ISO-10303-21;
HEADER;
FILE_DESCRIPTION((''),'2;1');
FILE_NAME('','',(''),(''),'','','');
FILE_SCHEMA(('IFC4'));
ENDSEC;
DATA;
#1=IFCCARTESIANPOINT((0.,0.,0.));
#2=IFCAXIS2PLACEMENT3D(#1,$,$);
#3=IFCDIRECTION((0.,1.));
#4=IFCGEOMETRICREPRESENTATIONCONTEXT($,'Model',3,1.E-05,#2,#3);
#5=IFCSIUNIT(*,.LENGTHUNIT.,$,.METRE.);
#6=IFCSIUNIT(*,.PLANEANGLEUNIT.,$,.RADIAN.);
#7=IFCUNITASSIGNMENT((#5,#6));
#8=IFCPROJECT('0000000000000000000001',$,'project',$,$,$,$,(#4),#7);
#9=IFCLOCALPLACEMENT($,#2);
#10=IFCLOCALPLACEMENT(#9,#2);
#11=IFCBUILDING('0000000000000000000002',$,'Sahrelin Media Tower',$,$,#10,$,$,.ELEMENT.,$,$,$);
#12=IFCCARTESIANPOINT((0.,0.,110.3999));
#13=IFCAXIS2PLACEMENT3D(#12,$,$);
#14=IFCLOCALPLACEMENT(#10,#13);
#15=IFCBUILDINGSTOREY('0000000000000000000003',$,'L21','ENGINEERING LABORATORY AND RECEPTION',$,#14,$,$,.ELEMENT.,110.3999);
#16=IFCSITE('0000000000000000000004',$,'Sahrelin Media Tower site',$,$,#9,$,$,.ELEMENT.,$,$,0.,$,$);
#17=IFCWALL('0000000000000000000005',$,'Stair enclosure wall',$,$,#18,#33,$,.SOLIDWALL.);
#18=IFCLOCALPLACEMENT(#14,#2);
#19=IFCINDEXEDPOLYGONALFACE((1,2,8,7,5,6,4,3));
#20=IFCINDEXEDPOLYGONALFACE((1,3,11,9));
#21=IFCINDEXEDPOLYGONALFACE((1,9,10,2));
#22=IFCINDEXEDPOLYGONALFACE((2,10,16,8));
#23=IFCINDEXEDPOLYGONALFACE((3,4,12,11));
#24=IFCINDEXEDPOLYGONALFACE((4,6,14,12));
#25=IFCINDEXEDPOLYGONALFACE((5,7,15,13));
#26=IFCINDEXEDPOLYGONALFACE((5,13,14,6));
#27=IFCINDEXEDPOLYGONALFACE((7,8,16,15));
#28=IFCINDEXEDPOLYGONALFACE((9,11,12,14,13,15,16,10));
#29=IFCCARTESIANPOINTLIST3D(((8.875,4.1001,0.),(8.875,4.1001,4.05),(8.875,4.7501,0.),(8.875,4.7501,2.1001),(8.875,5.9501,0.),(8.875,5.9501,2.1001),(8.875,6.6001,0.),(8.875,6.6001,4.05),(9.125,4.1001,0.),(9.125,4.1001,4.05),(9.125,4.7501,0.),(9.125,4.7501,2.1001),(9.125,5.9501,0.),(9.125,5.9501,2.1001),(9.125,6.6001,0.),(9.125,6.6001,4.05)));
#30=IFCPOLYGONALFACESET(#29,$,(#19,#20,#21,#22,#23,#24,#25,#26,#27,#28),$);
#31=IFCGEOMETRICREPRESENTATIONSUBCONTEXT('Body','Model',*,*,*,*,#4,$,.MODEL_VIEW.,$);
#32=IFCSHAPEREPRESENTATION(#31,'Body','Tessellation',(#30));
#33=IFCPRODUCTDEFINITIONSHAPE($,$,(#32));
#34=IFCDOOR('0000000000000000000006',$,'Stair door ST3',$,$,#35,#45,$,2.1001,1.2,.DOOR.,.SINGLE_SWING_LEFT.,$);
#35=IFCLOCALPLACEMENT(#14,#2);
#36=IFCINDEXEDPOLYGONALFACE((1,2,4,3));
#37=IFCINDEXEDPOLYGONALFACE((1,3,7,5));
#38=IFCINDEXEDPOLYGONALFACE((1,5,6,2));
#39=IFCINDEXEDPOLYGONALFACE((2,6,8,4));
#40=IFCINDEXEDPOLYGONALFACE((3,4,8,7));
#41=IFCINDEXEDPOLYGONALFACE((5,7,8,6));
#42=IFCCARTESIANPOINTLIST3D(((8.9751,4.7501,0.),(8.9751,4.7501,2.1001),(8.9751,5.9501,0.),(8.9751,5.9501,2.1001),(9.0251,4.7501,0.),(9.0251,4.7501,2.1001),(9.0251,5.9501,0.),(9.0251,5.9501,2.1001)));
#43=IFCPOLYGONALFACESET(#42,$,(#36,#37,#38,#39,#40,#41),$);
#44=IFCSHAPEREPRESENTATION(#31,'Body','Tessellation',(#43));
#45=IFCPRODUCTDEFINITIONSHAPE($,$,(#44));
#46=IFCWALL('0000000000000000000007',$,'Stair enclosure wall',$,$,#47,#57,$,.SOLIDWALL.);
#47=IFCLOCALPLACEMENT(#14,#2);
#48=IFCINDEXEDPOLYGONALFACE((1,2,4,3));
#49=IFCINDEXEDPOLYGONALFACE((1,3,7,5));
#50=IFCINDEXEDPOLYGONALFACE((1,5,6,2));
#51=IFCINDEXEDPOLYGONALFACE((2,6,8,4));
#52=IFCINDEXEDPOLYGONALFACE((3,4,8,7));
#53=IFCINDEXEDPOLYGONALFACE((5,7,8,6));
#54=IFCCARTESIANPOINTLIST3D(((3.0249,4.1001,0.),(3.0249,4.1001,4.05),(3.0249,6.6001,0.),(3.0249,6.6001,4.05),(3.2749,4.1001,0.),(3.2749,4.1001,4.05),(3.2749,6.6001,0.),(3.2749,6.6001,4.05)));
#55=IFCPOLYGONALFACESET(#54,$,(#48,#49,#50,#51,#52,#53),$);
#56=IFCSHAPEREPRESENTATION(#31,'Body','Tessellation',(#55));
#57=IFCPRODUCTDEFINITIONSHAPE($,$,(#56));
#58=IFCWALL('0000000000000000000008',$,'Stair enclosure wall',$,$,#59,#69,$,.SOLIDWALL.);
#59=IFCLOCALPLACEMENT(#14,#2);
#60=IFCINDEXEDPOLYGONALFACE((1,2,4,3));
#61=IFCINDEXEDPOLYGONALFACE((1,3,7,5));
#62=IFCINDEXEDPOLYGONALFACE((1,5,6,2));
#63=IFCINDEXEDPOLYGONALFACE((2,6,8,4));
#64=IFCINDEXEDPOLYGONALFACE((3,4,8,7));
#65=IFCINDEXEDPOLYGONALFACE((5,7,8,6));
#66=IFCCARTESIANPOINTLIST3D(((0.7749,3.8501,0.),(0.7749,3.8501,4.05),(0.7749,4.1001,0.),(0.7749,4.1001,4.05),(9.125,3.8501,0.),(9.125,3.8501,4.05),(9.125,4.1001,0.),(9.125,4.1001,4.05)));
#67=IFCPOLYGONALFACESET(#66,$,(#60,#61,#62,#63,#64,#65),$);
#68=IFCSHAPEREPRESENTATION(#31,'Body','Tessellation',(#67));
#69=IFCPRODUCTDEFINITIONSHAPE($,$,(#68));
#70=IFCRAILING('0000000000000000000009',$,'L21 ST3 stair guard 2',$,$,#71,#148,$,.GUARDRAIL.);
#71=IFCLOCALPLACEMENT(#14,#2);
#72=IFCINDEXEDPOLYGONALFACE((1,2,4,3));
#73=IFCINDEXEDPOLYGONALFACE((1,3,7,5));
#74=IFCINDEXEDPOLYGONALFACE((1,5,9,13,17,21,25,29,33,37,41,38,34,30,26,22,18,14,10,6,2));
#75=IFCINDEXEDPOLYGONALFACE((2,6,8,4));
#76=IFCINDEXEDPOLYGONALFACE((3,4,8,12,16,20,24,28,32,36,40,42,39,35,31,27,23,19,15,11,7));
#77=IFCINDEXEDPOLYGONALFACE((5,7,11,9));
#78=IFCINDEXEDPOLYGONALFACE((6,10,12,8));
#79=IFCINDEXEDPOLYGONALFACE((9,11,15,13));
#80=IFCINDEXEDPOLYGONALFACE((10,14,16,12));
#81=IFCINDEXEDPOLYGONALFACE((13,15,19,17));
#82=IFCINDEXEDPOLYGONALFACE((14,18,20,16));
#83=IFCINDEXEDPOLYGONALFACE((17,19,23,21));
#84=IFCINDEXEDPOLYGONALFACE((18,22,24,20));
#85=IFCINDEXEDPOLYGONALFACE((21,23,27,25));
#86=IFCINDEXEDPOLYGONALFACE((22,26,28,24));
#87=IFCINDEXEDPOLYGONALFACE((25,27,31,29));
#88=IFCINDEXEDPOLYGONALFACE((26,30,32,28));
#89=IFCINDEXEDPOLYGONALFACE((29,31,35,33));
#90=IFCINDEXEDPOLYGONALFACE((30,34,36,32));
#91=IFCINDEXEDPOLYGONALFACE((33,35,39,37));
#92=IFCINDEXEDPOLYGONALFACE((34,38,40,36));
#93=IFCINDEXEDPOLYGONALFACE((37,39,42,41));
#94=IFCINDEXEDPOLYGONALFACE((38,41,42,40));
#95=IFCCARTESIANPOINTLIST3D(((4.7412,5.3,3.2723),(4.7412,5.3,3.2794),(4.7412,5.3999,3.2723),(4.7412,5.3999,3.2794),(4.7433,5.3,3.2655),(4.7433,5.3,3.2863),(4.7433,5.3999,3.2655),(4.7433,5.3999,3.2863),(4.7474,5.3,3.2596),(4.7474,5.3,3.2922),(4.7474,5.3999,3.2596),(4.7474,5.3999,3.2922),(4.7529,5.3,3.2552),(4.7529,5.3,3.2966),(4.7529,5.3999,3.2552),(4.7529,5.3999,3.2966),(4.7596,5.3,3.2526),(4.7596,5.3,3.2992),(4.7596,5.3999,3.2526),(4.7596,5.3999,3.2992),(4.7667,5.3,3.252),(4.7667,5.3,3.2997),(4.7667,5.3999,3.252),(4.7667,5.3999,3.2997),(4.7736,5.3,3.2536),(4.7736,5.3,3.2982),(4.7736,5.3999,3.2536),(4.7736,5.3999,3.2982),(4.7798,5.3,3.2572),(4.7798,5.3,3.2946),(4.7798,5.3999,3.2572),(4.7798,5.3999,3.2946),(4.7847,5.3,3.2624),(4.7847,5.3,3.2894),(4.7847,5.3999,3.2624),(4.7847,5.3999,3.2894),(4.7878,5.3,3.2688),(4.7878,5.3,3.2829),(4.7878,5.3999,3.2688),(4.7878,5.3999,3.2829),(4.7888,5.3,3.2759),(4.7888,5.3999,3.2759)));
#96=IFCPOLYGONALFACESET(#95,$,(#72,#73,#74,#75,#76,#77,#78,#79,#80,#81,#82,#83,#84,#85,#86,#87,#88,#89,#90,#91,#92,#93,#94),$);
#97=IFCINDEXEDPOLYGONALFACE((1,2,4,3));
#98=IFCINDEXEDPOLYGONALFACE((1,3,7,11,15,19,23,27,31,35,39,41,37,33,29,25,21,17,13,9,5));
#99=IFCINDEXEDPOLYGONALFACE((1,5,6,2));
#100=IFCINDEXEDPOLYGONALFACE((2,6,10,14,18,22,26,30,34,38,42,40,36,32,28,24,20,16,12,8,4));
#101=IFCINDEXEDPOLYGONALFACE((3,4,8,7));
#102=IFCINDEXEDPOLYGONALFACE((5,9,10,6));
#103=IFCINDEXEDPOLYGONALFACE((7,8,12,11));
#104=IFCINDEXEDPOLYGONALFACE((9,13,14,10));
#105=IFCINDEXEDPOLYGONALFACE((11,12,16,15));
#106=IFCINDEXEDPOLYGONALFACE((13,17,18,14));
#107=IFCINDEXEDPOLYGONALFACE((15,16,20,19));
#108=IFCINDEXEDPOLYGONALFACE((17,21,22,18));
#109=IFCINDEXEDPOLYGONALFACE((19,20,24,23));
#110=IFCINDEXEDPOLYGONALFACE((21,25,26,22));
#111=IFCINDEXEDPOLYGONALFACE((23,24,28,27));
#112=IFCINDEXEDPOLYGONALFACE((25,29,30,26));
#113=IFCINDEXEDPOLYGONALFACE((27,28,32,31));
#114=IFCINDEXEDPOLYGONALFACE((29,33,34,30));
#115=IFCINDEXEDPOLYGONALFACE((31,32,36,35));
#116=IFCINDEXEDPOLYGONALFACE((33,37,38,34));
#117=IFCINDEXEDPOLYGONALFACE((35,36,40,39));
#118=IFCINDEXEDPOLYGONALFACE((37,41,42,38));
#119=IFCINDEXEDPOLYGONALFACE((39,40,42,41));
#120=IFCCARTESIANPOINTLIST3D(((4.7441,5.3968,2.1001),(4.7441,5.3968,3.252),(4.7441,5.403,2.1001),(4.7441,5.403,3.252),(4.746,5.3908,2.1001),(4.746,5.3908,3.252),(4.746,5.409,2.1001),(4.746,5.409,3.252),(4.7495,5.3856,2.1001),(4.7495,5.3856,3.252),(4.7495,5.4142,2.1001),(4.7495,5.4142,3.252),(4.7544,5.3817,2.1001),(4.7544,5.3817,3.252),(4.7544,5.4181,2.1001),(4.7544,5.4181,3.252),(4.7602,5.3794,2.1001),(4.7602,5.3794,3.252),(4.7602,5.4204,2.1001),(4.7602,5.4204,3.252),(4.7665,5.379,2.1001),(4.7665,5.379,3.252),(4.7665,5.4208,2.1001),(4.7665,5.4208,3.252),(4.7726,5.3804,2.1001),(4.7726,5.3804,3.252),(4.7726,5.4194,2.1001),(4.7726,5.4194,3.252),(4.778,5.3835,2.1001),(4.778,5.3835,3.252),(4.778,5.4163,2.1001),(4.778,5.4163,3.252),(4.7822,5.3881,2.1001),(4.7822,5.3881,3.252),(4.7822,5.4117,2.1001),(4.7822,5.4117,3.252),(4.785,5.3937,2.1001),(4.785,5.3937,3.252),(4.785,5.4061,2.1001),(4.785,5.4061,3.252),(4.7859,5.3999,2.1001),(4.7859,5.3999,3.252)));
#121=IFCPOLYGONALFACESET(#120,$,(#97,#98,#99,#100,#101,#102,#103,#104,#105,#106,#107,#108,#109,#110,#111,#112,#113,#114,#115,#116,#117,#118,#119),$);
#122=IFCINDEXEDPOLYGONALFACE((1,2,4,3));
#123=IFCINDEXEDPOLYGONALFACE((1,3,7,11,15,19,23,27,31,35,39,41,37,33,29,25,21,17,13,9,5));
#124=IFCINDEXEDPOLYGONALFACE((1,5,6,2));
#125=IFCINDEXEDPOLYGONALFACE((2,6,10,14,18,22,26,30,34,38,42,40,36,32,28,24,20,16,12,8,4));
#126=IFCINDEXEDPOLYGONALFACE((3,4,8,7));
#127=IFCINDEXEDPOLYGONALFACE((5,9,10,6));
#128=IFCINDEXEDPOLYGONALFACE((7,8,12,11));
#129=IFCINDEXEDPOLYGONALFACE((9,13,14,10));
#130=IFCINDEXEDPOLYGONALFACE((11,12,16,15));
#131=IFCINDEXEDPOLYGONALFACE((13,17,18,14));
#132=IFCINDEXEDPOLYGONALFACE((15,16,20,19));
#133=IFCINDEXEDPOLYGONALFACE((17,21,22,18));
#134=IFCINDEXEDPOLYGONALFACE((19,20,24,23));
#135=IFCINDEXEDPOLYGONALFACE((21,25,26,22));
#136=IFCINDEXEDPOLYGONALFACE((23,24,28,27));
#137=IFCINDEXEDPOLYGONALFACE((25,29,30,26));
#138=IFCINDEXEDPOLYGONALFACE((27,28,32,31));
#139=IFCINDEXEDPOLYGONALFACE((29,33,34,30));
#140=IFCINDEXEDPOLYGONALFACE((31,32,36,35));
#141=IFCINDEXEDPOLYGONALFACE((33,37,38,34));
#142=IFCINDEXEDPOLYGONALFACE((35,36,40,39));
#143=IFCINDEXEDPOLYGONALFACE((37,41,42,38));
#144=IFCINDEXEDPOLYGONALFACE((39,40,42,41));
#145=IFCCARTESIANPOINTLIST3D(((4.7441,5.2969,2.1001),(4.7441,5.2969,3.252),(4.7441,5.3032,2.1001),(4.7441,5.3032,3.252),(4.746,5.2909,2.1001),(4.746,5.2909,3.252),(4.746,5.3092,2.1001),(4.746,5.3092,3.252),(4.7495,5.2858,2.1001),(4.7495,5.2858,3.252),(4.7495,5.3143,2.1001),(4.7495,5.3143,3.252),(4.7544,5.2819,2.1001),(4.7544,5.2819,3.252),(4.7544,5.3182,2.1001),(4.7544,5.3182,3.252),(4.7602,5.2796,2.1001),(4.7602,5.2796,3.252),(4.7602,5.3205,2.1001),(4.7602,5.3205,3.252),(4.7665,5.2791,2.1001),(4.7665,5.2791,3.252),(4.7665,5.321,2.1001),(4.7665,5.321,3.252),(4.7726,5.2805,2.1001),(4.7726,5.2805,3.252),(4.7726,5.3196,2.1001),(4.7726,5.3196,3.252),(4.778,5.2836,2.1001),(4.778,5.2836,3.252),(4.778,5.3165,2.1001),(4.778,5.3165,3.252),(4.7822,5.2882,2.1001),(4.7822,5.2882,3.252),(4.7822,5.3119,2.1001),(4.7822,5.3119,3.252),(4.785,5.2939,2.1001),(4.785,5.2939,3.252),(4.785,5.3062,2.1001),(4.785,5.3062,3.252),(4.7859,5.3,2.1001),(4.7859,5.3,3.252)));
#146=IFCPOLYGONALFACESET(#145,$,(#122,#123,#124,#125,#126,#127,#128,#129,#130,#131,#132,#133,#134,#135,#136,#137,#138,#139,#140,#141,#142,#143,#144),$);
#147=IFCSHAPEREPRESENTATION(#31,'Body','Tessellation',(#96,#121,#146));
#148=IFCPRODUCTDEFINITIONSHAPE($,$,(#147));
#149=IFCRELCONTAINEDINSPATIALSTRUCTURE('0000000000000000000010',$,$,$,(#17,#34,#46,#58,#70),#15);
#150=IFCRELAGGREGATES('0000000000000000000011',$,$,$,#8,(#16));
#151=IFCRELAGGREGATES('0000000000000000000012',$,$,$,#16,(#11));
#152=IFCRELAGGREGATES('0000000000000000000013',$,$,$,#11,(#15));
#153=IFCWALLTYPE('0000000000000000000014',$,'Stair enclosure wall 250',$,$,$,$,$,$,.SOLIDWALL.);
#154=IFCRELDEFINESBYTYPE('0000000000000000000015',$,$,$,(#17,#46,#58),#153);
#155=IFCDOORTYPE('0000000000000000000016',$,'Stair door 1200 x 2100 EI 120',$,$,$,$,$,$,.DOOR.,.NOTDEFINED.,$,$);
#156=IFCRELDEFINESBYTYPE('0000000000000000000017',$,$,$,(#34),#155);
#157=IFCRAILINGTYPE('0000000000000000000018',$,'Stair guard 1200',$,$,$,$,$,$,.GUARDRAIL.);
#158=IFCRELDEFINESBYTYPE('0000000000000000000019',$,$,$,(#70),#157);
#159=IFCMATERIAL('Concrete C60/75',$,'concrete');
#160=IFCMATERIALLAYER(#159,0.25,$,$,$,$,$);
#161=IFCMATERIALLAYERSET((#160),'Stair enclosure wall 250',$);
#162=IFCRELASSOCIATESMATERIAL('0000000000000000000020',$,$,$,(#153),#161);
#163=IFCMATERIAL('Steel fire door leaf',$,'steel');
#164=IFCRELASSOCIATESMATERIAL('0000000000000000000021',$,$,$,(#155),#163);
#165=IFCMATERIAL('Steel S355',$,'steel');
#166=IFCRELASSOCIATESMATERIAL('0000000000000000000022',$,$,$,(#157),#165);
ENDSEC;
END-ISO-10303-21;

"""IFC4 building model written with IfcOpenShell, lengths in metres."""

from ifc_helpers import new_model, si_unit, direction, frame, frame_2d, origin, origin_2d, place, context, subcontext, project, spatial, rectangle, circle, extrude, material, layer, layer_set, type_object, element, fill, save


model = new_model("IFC4")

# Units and contexts
model_context = context("Model", 3, precision=1e-05, world=origin(), true_north=direction((0.0, 1.0)))
body_context = subcontext(model_context, "Body", "Model", "MODEL_VIEW")
ifc_project = project(units=[si_unit("LENGTHUNIT", "METRE"), si_unit("PLANEANGLEUNIT", "RADIAN")], contexts=[model_context])

# Site, building, storey
site_placement = place(None, origin())
site = spatial("IfcSite", under=ifc_project, at=site_placement, Name="Sahrelin Media Tower site", CompositionType="ELEMENT", RefElevation=0.0)
building_placement = place(site_placement, origin())
building = spatial("IfcBuilding", under=site, at=building_placement, Name="Sahrelin Media Tower", CompositionType="ELEMENT")
storey_placement = place(building_placement, frame((0.0, 0.0, 110.3999)))
storey = spatial("IfcBuildingStorey", under=building, at=storey_placement, Name="L21", Description="ENGINEERING LABORATORY AND RECEPTION", CompositionType="ELEMENT", Elevation=110.3999)

# Shared definitions
ifc_material_1 = material(Name="Steel S355", Category="steel")

# Shared definitions
ifc_material_2 = material(Name="Steel fire door leaf", Category="steel")

# Shared definitions
ifc_material_3 = material(Name="Concrete C60/75", Category="concrete")

# Wall, opening, door
ifc_layer_1 = layer(ifc_material_3, 0.25)
ifc_layer_set_1 = layer_set([ifc_layer_1], Name="Stair enclosure wall 250")
wall_type_1 = type_object("IfcWallType", Name="Stair enclosure wall 250", PredefinedType="SOLIDWALL", material=ifc_layer_set_1)
wall_1_placement = place(storey_placement, frame((9.0, 4.1001, 0.0), z_axis=(0.0, 0.0, 1.0), x_axis=(0.0, 1.0, 0.0)))
wall_1 = element("IfcWall", 1, at=wall_1_placement, inside=storey, type_object=wall_type_1, Name="Stair enclosure wall", PredefinedType="SOLIDWALL", context=body_context, shape_type="SweptSolid", body=[
    extrude(rectangle(XDim=2.5, YDim=0.25, at=frame_2d((1.25, 0.0))), origin(), (0.0, 0.0, 1.0), 4.05),
])
opening_1_placement = place(wall_1_placement, frame((0.6499, 0.0, 0.0)))
opening_1 = element("IfcOpeningElement", 2, at=opening_1_placement, cuts=wall_1, PredefinedType="OPENING", context=body_context, shape_type="SweptSolid", body=[
    extrude(rectangle(XDim=1.2, YDim=2.1001, at=frame_2d((0.6001, 1.05))), frame((0.0, 0.125, 0.0), z_axis=(0.0, -1.0, 0.0), x_axis=(1.0, 0.0, 0.0)), (0.0, 0.0, 1.0), 0.25),
])
door_type_1 = type_object("IfcDoorType", Name="Stair door 1200 x 2100 EI 120", OperationType="NOTDEFINED", PredefinedType="DOOR", material=ifc_material_2)
door_1_placement = place(opening_1_placement, origin())
door_1 = element("IfcDoor", 3, at=door_1_placement, inside=storey, type_object=door_type_1, Name="Stair door ST3", OperationType="SINGLE_SWING_LEFT", OverallHeight=2.1001, OverallWidth=1.2, PredefinedType="DOOR", context=body_context, shape_type="SweptSolid", body=[
    extrude(rectangle(XDim=1.2, YDim=2.1001, at=frame_2d((0.6001, 1.05))), frame((0.0, 0.0249, 0.0), z_axis=(0.0, -1.0, 0.0), x_axis=(1.0, 0.0, 0.0)), (0.0, 0.0, 1.0), 0.05),
])
fill(opening_1, door_1)

# Walls
wall_2_placement = place(storey_placement, frame((3.1499, 4.1001, 0.0), z_axis=(0.0, 0.0, 1.0), x_axis=(0.0, 1.0, 0.0)))
element("IfcWall", 4, at=wall_2_placement, inside=storey, type_object=wall_type_1, Name="Stair enclosure wall", PredefinedType="SOLIDWALL", context=body_context, shape_type="SweptSolid", body=[
    extrude(rectangle(XDim=2.5, YDim=0.25, at=frame_2d((1.25, 0.0))), origin(), (0.0, 0.0, 1.0), 4.05),
])
wall_3_placement = place(storey_placement, frame((0.7749, 3.9751, 0.0), z_axis=(0.0, 0.0, 1.0), x_axis=(1.0, 0.0, 0.0)))
element("IfcWall", 5, at=wall_3_placement, inside=storey, type_object=wall_type_1, Name="Stair enclosure wall", PredefinedType="SOLIDWALL", context=body_context, shape_type="SweptSolid", body=[
    extrude(rectangle(XDim=8.3501, YDim=0.25, at=frame_2d((4.175, 0.0))), origin(), (0.0, 0.0, 1.0), 4.05),
])

# Railing
railing_type_1 = type_object("IfcRailingType", Name="Stair guard 1200", PredefinedType="GUARDRAIL", material=ifc_material_1)
railing_1_placement = place(storey_placement, frame((4.7649, 5.3999, 2.1001)))
element("IfcRailing", 6, at=railing_1_placement, inside=storey, type_object=railing_type_1, Name="L21 ST3 stair guard 2", PredefinedType="GUARDRAIL", context=body_context, shape_type="SweptSolid", body=[
    extrude(circle(Radius=0.0239, at=origin_2d()), frame((0.0, 0.0, 1.1758), z_axis=(0.0, -1.0, 0.0), x_axis=(1.0, 0.0, 0.0)), (0.0, 0.0, 1.0), 0.0999),
    extrude(circle(Radius=0.021, at=origin_2d()), origin(), (0.0, 0.0, 1.0), 1.1519),
    extrude(circle(Radius=0.021, at=origin_2d()), frame((0.0, -0.0999, 0.0)), (0.0, 0.0, 1.0), 1.1519),
])

save(model, "model.ifc")
